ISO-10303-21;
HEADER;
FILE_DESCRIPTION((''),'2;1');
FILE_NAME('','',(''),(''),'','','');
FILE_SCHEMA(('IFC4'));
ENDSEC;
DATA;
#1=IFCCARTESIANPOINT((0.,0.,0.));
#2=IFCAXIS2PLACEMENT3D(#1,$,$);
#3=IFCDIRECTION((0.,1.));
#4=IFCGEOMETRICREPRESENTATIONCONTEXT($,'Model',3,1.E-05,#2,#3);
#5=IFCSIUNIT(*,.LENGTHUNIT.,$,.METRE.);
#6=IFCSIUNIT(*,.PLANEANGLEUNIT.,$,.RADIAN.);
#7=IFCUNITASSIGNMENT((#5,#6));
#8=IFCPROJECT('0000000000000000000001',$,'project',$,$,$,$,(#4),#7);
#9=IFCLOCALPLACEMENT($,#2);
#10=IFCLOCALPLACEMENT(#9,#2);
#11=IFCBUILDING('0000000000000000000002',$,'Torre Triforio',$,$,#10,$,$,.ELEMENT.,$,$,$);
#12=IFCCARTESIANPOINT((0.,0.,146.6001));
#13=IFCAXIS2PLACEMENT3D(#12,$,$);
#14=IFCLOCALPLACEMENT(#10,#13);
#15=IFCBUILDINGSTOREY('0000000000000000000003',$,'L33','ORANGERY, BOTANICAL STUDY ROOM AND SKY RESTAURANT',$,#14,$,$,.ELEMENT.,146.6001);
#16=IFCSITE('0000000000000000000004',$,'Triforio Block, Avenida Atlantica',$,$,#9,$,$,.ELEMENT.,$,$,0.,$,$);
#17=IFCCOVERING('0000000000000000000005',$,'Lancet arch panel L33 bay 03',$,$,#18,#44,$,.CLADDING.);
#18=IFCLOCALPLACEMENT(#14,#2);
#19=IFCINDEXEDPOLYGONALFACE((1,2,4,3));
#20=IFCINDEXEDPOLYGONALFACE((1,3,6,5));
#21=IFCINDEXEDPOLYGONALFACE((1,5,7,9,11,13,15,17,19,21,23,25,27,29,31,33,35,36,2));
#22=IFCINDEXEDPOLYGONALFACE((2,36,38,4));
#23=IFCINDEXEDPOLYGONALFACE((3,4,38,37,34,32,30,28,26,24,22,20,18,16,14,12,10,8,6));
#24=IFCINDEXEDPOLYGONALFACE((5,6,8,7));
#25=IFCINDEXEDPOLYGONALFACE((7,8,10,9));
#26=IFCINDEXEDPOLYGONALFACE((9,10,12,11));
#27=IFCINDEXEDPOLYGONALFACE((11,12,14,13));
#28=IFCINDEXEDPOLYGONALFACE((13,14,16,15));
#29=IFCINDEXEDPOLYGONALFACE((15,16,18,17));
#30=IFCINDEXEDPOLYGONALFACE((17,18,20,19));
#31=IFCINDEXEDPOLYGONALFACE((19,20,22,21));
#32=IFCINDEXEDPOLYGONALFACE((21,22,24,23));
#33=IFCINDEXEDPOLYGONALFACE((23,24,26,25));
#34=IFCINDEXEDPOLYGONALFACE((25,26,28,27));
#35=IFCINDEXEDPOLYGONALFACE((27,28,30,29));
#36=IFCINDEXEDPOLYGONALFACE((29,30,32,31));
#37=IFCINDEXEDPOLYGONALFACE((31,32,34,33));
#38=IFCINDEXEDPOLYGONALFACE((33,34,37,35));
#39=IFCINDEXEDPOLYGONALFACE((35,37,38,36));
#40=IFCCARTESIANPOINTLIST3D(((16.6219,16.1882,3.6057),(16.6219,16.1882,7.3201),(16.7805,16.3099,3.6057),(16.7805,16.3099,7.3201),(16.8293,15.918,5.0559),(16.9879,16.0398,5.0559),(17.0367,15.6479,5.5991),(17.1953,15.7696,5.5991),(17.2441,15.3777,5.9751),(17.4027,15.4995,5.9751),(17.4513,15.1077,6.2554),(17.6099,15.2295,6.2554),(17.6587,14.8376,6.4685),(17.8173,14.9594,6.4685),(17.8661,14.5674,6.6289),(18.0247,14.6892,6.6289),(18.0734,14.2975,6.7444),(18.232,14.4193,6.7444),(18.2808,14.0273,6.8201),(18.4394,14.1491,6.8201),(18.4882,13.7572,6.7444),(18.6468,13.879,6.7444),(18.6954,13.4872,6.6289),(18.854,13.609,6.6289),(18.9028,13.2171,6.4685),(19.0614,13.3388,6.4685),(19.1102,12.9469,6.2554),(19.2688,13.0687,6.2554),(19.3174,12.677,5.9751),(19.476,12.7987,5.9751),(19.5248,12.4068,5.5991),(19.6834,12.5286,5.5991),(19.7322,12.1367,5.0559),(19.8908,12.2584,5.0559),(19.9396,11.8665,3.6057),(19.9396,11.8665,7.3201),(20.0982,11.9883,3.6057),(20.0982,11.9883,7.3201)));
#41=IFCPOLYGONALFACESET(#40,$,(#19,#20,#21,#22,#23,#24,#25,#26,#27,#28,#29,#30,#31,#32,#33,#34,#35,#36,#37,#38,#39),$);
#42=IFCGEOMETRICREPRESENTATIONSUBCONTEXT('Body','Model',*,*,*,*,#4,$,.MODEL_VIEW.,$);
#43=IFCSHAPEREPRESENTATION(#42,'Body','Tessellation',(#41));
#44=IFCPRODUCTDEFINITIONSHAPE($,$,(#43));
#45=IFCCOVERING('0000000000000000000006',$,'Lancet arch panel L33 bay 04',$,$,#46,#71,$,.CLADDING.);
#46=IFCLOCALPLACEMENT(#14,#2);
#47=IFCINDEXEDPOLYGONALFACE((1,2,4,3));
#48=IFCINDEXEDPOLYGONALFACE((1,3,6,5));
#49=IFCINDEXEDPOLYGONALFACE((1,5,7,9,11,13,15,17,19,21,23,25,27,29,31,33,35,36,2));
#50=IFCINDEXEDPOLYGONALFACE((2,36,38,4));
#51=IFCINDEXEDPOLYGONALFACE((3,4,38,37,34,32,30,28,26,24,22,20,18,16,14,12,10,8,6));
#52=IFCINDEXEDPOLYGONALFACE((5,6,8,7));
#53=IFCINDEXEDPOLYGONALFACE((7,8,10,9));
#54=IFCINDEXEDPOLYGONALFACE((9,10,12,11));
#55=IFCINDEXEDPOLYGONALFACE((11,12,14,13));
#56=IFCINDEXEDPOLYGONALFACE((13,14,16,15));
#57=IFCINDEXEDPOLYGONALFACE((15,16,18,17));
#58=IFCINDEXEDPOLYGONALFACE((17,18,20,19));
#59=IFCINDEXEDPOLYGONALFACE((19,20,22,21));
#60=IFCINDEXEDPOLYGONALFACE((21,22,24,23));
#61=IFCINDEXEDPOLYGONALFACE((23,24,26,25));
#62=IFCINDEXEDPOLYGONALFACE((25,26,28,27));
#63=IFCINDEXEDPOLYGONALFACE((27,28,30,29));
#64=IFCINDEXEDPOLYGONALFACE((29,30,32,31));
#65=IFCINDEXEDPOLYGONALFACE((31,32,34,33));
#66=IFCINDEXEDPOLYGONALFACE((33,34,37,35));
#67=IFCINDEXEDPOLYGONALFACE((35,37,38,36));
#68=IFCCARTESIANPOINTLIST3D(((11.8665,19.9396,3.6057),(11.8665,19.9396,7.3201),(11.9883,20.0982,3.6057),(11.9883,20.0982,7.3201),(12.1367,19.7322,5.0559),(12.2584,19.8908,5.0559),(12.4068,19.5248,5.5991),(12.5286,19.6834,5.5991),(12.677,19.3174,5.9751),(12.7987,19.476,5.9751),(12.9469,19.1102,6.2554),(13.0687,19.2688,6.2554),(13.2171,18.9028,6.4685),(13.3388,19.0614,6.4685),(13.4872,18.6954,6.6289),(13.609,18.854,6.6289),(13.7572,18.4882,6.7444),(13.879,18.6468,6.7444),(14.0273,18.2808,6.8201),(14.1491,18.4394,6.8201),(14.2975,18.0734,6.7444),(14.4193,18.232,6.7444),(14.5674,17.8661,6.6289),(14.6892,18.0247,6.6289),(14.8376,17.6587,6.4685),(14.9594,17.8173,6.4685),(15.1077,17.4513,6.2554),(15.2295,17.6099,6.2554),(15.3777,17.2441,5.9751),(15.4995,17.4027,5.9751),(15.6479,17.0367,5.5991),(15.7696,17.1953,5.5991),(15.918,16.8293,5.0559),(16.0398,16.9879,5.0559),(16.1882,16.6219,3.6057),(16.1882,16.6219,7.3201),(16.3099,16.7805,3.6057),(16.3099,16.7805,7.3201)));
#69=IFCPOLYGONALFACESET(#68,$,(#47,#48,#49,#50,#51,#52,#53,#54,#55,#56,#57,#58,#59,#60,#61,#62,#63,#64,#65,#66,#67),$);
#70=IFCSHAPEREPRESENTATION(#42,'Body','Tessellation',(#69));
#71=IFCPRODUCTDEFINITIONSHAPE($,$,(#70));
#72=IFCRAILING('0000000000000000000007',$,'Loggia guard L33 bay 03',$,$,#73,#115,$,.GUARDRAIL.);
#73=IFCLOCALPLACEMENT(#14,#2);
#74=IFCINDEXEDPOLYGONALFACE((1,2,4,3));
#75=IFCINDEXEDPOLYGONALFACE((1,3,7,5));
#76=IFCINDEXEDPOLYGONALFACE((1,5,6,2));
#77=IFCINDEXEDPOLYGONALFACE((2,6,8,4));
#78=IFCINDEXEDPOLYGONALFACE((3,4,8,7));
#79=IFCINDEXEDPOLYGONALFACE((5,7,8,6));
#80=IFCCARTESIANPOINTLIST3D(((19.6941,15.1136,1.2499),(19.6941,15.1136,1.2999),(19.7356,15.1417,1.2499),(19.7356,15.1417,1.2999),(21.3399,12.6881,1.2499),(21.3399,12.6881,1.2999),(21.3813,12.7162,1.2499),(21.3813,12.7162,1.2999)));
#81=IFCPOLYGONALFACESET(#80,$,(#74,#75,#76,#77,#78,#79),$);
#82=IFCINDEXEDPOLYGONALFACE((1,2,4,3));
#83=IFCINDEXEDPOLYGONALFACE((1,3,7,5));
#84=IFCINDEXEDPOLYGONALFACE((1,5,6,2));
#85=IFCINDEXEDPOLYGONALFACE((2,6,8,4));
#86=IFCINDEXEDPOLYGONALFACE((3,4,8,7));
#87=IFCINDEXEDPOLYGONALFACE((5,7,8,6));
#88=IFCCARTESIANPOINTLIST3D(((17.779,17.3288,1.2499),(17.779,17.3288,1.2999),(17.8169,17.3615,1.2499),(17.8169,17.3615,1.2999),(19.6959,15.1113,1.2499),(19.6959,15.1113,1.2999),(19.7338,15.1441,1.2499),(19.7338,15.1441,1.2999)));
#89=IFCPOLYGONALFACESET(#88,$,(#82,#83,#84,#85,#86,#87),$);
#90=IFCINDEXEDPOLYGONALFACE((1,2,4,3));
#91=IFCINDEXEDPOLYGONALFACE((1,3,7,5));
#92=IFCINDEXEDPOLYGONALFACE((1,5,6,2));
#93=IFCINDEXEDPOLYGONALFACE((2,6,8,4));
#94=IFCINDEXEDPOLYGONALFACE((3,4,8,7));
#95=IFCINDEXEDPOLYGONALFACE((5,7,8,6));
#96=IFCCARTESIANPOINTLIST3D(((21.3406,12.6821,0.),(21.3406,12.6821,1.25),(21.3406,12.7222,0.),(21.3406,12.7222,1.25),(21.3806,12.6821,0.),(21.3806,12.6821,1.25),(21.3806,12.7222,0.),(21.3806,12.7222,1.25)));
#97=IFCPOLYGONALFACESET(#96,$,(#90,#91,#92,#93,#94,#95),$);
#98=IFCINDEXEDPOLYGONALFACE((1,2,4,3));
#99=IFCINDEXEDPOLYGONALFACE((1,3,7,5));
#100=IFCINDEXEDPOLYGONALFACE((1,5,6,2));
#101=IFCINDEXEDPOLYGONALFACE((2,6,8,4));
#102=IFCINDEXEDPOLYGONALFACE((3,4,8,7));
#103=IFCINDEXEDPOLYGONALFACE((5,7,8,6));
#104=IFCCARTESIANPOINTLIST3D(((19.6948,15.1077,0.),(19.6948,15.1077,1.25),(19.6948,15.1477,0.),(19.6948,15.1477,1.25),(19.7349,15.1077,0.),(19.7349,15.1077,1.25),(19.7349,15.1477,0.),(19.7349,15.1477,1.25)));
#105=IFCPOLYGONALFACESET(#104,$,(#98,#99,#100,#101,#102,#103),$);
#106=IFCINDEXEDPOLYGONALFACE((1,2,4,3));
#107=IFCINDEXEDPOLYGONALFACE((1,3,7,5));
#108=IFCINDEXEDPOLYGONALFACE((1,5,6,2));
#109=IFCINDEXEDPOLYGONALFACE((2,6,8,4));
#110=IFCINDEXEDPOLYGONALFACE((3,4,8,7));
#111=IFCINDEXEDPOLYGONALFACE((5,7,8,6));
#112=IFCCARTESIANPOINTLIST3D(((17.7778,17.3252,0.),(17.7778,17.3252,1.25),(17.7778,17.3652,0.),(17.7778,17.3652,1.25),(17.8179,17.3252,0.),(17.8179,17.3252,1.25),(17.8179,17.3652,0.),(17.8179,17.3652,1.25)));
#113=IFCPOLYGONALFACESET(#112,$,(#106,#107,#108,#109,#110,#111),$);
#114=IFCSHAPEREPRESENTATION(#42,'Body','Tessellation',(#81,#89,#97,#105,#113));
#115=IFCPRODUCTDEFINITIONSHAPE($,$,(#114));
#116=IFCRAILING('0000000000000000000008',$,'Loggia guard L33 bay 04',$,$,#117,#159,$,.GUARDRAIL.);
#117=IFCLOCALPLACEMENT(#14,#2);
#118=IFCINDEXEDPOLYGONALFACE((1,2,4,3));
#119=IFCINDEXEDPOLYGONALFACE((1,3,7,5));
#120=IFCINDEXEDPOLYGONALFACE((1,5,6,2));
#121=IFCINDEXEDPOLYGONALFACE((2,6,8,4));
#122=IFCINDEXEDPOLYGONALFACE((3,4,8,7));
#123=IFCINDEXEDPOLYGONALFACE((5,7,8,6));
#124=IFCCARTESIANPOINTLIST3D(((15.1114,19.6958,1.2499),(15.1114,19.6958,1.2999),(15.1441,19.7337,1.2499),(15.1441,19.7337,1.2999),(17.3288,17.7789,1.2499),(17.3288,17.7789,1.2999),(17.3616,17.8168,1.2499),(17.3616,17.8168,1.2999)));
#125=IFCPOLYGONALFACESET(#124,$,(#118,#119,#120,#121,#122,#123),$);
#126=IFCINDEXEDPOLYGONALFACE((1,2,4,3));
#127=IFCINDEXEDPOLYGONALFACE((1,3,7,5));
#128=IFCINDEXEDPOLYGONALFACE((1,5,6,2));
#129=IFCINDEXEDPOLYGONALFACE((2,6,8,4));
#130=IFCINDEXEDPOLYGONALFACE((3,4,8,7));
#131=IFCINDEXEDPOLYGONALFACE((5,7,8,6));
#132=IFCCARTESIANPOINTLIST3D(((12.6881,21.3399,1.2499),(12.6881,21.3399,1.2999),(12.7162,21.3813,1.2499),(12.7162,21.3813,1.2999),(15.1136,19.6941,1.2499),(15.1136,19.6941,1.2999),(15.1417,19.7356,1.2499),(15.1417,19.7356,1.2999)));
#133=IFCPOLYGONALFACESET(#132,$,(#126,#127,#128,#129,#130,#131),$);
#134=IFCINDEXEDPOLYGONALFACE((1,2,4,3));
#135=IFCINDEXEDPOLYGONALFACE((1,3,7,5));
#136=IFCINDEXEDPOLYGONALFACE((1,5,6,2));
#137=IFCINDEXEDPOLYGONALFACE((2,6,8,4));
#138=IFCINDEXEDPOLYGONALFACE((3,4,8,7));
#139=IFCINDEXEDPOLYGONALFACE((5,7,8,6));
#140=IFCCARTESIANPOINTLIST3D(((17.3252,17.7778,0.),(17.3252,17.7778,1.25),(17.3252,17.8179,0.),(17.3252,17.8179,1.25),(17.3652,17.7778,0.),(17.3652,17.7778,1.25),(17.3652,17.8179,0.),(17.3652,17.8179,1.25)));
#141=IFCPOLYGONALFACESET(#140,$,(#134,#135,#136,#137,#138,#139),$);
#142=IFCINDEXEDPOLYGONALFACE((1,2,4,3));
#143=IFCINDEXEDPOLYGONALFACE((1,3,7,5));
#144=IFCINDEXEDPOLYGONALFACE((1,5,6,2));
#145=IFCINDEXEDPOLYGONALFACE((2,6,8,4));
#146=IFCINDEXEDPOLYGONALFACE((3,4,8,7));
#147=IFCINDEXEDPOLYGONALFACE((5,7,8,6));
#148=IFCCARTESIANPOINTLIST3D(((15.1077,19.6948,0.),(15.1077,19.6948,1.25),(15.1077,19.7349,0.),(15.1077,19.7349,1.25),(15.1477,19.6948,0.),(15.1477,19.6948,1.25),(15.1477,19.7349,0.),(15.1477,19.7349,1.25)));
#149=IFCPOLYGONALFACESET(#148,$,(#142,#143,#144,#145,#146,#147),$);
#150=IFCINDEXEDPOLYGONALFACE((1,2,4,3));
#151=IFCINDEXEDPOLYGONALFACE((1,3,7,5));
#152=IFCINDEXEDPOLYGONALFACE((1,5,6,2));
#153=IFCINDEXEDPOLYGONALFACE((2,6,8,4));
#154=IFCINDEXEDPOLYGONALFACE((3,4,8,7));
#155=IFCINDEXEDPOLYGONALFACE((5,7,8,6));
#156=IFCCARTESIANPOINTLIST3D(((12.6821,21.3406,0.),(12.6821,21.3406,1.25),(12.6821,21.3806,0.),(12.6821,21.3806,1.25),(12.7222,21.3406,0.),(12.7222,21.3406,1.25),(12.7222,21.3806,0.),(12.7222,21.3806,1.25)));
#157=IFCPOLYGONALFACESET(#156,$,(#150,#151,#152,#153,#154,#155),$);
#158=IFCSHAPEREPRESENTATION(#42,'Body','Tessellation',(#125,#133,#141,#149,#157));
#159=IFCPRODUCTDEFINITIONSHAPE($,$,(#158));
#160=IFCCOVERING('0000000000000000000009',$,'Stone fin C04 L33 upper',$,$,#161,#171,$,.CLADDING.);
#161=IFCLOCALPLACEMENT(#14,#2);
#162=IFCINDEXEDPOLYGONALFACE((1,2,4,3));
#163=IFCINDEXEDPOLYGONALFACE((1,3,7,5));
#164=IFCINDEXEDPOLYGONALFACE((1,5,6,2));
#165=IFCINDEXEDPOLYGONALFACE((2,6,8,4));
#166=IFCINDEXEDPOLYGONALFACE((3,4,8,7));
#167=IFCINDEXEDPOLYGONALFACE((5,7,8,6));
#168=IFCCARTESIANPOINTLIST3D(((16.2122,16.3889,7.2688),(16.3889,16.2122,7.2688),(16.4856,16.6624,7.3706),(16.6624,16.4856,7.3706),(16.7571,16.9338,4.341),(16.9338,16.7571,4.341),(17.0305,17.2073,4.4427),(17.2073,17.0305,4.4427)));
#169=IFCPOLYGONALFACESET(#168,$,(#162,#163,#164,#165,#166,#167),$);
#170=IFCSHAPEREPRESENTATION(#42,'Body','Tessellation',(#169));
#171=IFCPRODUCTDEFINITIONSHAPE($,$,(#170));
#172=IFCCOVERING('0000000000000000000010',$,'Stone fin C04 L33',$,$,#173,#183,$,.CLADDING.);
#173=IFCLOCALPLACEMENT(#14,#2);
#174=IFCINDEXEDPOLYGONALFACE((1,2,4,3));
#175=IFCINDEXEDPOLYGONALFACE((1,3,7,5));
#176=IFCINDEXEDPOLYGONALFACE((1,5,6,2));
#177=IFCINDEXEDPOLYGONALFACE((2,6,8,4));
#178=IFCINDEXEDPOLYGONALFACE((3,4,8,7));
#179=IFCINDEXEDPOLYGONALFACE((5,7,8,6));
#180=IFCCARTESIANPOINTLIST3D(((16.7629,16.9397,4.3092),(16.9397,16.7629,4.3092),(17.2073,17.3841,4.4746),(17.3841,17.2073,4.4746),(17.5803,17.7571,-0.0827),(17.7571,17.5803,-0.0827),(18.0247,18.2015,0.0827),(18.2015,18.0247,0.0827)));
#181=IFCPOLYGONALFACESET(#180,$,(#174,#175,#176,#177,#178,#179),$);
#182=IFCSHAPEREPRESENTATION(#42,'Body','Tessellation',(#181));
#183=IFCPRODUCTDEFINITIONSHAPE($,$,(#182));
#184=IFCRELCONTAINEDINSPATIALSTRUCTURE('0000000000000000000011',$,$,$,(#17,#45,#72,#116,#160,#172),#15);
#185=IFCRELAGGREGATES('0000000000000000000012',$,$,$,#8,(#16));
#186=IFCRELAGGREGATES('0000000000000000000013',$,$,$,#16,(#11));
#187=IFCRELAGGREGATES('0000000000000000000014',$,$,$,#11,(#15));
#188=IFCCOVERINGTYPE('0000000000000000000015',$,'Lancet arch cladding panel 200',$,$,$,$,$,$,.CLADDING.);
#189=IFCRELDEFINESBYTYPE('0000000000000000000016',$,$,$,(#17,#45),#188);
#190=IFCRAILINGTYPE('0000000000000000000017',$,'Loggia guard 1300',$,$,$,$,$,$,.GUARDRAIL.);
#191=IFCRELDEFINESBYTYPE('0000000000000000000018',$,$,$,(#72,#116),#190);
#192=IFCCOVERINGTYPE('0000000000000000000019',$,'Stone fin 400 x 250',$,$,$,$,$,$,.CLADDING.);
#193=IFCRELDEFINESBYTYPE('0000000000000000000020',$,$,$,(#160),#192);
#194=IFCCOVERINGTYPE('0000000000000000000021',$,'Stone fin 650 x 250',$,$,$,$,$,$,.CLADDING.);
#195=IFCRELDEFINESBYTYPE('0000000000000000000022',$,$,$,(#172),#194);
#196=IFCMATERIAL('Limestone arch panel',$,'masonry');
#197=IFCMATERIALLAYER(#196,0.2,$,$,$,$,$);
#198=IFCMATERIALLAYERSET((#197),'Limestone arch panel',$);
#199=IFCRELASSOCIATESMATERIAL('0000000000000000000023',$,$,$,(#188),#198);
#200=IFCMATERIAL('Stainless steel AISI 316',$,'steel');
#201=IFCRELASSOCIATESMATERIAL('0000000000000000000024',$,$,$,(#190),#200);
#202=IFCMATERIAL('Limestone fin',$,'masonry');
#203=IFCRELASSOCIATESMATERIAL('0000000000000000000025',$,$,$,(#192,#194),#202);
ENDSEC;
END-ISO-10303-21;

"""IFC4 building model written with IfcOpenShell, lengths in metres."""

from ifc_helpers import new_model, si_unit, direction, frame, origin, origin_2d, place, context, subcontext, project, spatial, polyline, rectangle, outline, extrude, material, layer, layer_set, material_profile, profile_set, type_object, element, save


model = new_model("IFC4")

# Units and contexts
model_context = context("Model", 3, precision=1e-05, world=origin(), true_north=direction((0.0, 1.0)))
body_context = subcontext(model_context, "Body", "Model", "MODEL_VIEW")
ifc_project = project(units=[si_unit("LENGTHUNIT", "METRE"), si_unit("PLANEANGLEUNIT", "RADIAN")], contexts=[model_context])

# Site, building, storey
site_placement = place(None, origin())
site = spatial("IfcSite", under=ifc_project, at=site_placement, Name="Triforio Block, Avenida Atlantica", CompositionType="ELEMENT", RefElevation=0.0)
building_placement = place(site_placement, origin())
building = spatial("IfcBuilding", under=site, at=building_placement, Name="Torre Triforio", CompositionType="ELEMENT")
storey_placement = place(building_placement, frame((0.0, 0.0, 146.6001)))
storey = spatial("IfcBuildingStorey", under=building, at=storey_placement, Name="L33", Description="ORANGERY, BOTANICAL STUDY ROOM AND SKY RESTAURANT", CompositionType="ELEMENT", Elevation=146.6001)

# Coverings
ifc_material_1 = material(Name="Limestone arch panel", Category="masonry")
ifc_layer_1 = layer(ifc_material_1, 0.2)
ifc_layer_set_1 = layer_set([ifc_layer_1], Name="Limestone arch panel")
covering_type_1 = type_object("IfcCoveringType", Name="Lancet arch cladding panel 200", PredefinedType="CLADDING", material=ifc_layer_set_1)
for number, where, z_axis, x_axis, name in (
    (1, (18.2808, 14.0273, 0.0), (0.793213, 0.608944, 0.0), (-0.608944, 0.793213, 0.0), "Lancet arch panel L33 bay 03"),
    (2, (14.0273, 18.2808, 0.0), (0.608944, 0.793213, 0.0), (-0.793213, 0.608944, 0.0), "Lancet arch panel L33 bay 04"),
):
    element("IfcCovering", number, at=place(storey_placement, frame(where, z_axis=z_axis, x_axis=x_axis)), inside=storey, type_object=covering_type_1, Name=name, PredefinedType="CLADDING", context=body_context, shape_type="SweptSolid", body=[
        extrude(outline(polyline([(-2.7241, 7.3201), (-2.7241, 3.6057), (-2.3835, 5.0559), (-2.043, 5.5991), (-1.7024, 5.9751), (-1.3621, 6.2554), (-1.0215, 6.4685), (-0.6809, 6.6289), (-0.3406, 6.7444), (0.0, 6.8201), (0.3406, 6.7444), (0.6809, 6.6289), (1.0215, 6.4685), (1.3621, 6.2554), (1.7024, 5.9751), (2.043, 5.5991), (2.3835, 5.0559), (2.7241, 3.6057), (2.7241, 7.3201), (-2.7241, 7.3201)])), origin(), (0.0, 0.0, 1.0), 0.2),
    ])

# Railings
ifc_material_2 = material(Name="Stainless steel AISI 316", Category="steel")
railing_type = type_object("IfcRailingType", Name="Loggia guard 1300", PredefinedType="GUARDRAIL", material=ifc_material_2)
railing_1_placement = place(storey_placement, frame((21.3606, 12.7021, 0.0)))
element("IfcRailing", 3, at=railing_1_placement, inside=storey, type_object=railing_type, Name="Loggia guard L33 bay 03", PredefinedType="GUARDRAIL", context=body_context, shape_type="SweptSolid", body=[
    extrude(rectangle(XDim=0.05, YDim=0.05, at=origin_2d()), frame((0.0, 0.0, 1.2749), z_axis=(-0.561467, 0.827499, 0.0), x_axis=(-0.827499, -0.561467, 0.0)), (0.0, 0.0, 1.0), 2.9312),
    extrude(rectangle(XDim=0.05, YDim=0.05, at=origin_2d()), frame((-1.6458, 2.4255, 1.2749), z_axis=(-0.653982, 0.75651, 0.0), x_axis=(-0.75651, -0.653982, 0.0)), (0.0, 0.0, 1.0), 2.9312),
    extrude(rectangle(XDim=0.04, YDim=0.04, at=origin_2d()), origin(), (0.0, 0.0, 1.0), 1.25),
    extrude(rectangle(XDim=0.04, YDim=0.04, at=origin_2d()), frame((-1.6458, 2.4255, 0.0)), (0.0, 0.0, 1.0), 1.25),
    extrude(rectangle(XDim=0.04, YDim=0.04, at=origin_2d()), frame((-3.5627, 4.6431, 0.0)), (0.0, 0.0, 1.0), 1.25),
])
railing_2_placement = place(storey_placement, frame((17.3452, 17.7979, 0.0)))
element("IfcRailing", 4, at=railing_2_placement, inside=storey, type_object=railing_type, Name="Loggia guard L33 bay 04", PredefinedType="GUARDRAIL", context=body_context, shape_type="SweptSolid", body=[
    extrude(rectangle(XDim=0.05, YDim=0.05, at=origin_2d()), frame((0.0, 0.0, 1.2749), z_axis=(-0.75651, 0.653982, 0.0), x_axis=(-0.653982, -0.75651, 0.0)), (0.0, 0.0, 1.0), 2.9312),
    extrude(rectangle(XDim=0.05, YDim=0.05, at=origin_2d()), frame((-2.2175, 1.917, 1.2749), z_axis=(-0.827499, 0.561467, 0.0), x_axis=(-0.561467, -0.827499, 0.0)), (0.0, 0.0, 1.0), 2.9312),
    extrude(rectangle(XDim=0.04, YDim=0.04, at=origin_2d()), origin(), (0.0, 0.0, 1.0), 1.25),
    extrude(rectangle(XDim=0.04, YDim=0.04, at=origin_2d()), frame((-2.2175, 1.917, 0.0)), (0.0, 0.0, 1.0), 1.25),
    extrude(rectangle(XDim=0.04, YDim=0.04, at=origin_2d()), frame((-4.6431, 3.5627, 0.0)), (0.0, 0.0, 1.0), 1.25),
])

# Coverings
ifc_material_3 = material(Name="Limestone fin", Category="masonry")
ifc_material_profile_1 = material_profile(ifc_material_3, rectangle(XDim=0.3999, YDim=0.25, at=origin_2d()), Name="FIN 400x250")
ifc_profile_set_1 = profile_set([ifc_material_profile_1], Name="Limestone fin")
covering_type_2 = type_object("IfcCoveringType", Name="Stone fin 400 x 250", PredefinedType="CLADDING", material=ifc_profile_set_1)
covering_1_placement = place(storey_placement, frame((16.9822, 16.9822, 4.3918), z_axis=(-0.179979, -0.179979, 0.967065), x_axis=(0.683818, 0.683818, 0.254529)))
element("IfcCovering", 5, at=covering_1_placement, inside=storey, type_object=covering_type_2, Name="Stone fin C04 L33 upper", PredefinedType="CLADDING", context=body_context, shape_type="SweptSolid", body=[
    extrude(rectangle(XDim=0.3999, YDim=0.25, at=origin_2d()), origin(), (0.0, 0.0, 1.0), 3.0276),
])
ifc_material_profile_2 = material_profile(ifc_material_3, rectangle(XDim=0.6499, YDim=0.25, at=origin_2d()), Name="FIN 650x250")
ifc_profile_set_2 = profile_set([ifc_material_profile_2], Name="Limestone fin")
covering_type_3 = type_object("IfcCoveringType", Name="Stone fin 650 x 250", PredefinedType="CLADDING", material=ifc_profile_set_2)
covering_2_placement = place(storey_placement, frame((17.8909, 17.8909, 0.0), z_axis=(-0.179984, -0.179984, 0.967063), x_axis=(0.683817, 0.683817, 0.254536)))
element("IfcCovering", 6, at=covering_2_placement, inside=storey, type_object=covering_type_3, Name="Stone fin C04 L33", PredefinedType="CLADDING", context=body_context, shape_type="SweptSolid", body=[
    extrude(rectangle(XDim=0.6499, YDim=0.25, at=origin_2d()), origin(), (0.0, 0.0, 1.0), 4.5415),
])

save(model, "model.ifc")
